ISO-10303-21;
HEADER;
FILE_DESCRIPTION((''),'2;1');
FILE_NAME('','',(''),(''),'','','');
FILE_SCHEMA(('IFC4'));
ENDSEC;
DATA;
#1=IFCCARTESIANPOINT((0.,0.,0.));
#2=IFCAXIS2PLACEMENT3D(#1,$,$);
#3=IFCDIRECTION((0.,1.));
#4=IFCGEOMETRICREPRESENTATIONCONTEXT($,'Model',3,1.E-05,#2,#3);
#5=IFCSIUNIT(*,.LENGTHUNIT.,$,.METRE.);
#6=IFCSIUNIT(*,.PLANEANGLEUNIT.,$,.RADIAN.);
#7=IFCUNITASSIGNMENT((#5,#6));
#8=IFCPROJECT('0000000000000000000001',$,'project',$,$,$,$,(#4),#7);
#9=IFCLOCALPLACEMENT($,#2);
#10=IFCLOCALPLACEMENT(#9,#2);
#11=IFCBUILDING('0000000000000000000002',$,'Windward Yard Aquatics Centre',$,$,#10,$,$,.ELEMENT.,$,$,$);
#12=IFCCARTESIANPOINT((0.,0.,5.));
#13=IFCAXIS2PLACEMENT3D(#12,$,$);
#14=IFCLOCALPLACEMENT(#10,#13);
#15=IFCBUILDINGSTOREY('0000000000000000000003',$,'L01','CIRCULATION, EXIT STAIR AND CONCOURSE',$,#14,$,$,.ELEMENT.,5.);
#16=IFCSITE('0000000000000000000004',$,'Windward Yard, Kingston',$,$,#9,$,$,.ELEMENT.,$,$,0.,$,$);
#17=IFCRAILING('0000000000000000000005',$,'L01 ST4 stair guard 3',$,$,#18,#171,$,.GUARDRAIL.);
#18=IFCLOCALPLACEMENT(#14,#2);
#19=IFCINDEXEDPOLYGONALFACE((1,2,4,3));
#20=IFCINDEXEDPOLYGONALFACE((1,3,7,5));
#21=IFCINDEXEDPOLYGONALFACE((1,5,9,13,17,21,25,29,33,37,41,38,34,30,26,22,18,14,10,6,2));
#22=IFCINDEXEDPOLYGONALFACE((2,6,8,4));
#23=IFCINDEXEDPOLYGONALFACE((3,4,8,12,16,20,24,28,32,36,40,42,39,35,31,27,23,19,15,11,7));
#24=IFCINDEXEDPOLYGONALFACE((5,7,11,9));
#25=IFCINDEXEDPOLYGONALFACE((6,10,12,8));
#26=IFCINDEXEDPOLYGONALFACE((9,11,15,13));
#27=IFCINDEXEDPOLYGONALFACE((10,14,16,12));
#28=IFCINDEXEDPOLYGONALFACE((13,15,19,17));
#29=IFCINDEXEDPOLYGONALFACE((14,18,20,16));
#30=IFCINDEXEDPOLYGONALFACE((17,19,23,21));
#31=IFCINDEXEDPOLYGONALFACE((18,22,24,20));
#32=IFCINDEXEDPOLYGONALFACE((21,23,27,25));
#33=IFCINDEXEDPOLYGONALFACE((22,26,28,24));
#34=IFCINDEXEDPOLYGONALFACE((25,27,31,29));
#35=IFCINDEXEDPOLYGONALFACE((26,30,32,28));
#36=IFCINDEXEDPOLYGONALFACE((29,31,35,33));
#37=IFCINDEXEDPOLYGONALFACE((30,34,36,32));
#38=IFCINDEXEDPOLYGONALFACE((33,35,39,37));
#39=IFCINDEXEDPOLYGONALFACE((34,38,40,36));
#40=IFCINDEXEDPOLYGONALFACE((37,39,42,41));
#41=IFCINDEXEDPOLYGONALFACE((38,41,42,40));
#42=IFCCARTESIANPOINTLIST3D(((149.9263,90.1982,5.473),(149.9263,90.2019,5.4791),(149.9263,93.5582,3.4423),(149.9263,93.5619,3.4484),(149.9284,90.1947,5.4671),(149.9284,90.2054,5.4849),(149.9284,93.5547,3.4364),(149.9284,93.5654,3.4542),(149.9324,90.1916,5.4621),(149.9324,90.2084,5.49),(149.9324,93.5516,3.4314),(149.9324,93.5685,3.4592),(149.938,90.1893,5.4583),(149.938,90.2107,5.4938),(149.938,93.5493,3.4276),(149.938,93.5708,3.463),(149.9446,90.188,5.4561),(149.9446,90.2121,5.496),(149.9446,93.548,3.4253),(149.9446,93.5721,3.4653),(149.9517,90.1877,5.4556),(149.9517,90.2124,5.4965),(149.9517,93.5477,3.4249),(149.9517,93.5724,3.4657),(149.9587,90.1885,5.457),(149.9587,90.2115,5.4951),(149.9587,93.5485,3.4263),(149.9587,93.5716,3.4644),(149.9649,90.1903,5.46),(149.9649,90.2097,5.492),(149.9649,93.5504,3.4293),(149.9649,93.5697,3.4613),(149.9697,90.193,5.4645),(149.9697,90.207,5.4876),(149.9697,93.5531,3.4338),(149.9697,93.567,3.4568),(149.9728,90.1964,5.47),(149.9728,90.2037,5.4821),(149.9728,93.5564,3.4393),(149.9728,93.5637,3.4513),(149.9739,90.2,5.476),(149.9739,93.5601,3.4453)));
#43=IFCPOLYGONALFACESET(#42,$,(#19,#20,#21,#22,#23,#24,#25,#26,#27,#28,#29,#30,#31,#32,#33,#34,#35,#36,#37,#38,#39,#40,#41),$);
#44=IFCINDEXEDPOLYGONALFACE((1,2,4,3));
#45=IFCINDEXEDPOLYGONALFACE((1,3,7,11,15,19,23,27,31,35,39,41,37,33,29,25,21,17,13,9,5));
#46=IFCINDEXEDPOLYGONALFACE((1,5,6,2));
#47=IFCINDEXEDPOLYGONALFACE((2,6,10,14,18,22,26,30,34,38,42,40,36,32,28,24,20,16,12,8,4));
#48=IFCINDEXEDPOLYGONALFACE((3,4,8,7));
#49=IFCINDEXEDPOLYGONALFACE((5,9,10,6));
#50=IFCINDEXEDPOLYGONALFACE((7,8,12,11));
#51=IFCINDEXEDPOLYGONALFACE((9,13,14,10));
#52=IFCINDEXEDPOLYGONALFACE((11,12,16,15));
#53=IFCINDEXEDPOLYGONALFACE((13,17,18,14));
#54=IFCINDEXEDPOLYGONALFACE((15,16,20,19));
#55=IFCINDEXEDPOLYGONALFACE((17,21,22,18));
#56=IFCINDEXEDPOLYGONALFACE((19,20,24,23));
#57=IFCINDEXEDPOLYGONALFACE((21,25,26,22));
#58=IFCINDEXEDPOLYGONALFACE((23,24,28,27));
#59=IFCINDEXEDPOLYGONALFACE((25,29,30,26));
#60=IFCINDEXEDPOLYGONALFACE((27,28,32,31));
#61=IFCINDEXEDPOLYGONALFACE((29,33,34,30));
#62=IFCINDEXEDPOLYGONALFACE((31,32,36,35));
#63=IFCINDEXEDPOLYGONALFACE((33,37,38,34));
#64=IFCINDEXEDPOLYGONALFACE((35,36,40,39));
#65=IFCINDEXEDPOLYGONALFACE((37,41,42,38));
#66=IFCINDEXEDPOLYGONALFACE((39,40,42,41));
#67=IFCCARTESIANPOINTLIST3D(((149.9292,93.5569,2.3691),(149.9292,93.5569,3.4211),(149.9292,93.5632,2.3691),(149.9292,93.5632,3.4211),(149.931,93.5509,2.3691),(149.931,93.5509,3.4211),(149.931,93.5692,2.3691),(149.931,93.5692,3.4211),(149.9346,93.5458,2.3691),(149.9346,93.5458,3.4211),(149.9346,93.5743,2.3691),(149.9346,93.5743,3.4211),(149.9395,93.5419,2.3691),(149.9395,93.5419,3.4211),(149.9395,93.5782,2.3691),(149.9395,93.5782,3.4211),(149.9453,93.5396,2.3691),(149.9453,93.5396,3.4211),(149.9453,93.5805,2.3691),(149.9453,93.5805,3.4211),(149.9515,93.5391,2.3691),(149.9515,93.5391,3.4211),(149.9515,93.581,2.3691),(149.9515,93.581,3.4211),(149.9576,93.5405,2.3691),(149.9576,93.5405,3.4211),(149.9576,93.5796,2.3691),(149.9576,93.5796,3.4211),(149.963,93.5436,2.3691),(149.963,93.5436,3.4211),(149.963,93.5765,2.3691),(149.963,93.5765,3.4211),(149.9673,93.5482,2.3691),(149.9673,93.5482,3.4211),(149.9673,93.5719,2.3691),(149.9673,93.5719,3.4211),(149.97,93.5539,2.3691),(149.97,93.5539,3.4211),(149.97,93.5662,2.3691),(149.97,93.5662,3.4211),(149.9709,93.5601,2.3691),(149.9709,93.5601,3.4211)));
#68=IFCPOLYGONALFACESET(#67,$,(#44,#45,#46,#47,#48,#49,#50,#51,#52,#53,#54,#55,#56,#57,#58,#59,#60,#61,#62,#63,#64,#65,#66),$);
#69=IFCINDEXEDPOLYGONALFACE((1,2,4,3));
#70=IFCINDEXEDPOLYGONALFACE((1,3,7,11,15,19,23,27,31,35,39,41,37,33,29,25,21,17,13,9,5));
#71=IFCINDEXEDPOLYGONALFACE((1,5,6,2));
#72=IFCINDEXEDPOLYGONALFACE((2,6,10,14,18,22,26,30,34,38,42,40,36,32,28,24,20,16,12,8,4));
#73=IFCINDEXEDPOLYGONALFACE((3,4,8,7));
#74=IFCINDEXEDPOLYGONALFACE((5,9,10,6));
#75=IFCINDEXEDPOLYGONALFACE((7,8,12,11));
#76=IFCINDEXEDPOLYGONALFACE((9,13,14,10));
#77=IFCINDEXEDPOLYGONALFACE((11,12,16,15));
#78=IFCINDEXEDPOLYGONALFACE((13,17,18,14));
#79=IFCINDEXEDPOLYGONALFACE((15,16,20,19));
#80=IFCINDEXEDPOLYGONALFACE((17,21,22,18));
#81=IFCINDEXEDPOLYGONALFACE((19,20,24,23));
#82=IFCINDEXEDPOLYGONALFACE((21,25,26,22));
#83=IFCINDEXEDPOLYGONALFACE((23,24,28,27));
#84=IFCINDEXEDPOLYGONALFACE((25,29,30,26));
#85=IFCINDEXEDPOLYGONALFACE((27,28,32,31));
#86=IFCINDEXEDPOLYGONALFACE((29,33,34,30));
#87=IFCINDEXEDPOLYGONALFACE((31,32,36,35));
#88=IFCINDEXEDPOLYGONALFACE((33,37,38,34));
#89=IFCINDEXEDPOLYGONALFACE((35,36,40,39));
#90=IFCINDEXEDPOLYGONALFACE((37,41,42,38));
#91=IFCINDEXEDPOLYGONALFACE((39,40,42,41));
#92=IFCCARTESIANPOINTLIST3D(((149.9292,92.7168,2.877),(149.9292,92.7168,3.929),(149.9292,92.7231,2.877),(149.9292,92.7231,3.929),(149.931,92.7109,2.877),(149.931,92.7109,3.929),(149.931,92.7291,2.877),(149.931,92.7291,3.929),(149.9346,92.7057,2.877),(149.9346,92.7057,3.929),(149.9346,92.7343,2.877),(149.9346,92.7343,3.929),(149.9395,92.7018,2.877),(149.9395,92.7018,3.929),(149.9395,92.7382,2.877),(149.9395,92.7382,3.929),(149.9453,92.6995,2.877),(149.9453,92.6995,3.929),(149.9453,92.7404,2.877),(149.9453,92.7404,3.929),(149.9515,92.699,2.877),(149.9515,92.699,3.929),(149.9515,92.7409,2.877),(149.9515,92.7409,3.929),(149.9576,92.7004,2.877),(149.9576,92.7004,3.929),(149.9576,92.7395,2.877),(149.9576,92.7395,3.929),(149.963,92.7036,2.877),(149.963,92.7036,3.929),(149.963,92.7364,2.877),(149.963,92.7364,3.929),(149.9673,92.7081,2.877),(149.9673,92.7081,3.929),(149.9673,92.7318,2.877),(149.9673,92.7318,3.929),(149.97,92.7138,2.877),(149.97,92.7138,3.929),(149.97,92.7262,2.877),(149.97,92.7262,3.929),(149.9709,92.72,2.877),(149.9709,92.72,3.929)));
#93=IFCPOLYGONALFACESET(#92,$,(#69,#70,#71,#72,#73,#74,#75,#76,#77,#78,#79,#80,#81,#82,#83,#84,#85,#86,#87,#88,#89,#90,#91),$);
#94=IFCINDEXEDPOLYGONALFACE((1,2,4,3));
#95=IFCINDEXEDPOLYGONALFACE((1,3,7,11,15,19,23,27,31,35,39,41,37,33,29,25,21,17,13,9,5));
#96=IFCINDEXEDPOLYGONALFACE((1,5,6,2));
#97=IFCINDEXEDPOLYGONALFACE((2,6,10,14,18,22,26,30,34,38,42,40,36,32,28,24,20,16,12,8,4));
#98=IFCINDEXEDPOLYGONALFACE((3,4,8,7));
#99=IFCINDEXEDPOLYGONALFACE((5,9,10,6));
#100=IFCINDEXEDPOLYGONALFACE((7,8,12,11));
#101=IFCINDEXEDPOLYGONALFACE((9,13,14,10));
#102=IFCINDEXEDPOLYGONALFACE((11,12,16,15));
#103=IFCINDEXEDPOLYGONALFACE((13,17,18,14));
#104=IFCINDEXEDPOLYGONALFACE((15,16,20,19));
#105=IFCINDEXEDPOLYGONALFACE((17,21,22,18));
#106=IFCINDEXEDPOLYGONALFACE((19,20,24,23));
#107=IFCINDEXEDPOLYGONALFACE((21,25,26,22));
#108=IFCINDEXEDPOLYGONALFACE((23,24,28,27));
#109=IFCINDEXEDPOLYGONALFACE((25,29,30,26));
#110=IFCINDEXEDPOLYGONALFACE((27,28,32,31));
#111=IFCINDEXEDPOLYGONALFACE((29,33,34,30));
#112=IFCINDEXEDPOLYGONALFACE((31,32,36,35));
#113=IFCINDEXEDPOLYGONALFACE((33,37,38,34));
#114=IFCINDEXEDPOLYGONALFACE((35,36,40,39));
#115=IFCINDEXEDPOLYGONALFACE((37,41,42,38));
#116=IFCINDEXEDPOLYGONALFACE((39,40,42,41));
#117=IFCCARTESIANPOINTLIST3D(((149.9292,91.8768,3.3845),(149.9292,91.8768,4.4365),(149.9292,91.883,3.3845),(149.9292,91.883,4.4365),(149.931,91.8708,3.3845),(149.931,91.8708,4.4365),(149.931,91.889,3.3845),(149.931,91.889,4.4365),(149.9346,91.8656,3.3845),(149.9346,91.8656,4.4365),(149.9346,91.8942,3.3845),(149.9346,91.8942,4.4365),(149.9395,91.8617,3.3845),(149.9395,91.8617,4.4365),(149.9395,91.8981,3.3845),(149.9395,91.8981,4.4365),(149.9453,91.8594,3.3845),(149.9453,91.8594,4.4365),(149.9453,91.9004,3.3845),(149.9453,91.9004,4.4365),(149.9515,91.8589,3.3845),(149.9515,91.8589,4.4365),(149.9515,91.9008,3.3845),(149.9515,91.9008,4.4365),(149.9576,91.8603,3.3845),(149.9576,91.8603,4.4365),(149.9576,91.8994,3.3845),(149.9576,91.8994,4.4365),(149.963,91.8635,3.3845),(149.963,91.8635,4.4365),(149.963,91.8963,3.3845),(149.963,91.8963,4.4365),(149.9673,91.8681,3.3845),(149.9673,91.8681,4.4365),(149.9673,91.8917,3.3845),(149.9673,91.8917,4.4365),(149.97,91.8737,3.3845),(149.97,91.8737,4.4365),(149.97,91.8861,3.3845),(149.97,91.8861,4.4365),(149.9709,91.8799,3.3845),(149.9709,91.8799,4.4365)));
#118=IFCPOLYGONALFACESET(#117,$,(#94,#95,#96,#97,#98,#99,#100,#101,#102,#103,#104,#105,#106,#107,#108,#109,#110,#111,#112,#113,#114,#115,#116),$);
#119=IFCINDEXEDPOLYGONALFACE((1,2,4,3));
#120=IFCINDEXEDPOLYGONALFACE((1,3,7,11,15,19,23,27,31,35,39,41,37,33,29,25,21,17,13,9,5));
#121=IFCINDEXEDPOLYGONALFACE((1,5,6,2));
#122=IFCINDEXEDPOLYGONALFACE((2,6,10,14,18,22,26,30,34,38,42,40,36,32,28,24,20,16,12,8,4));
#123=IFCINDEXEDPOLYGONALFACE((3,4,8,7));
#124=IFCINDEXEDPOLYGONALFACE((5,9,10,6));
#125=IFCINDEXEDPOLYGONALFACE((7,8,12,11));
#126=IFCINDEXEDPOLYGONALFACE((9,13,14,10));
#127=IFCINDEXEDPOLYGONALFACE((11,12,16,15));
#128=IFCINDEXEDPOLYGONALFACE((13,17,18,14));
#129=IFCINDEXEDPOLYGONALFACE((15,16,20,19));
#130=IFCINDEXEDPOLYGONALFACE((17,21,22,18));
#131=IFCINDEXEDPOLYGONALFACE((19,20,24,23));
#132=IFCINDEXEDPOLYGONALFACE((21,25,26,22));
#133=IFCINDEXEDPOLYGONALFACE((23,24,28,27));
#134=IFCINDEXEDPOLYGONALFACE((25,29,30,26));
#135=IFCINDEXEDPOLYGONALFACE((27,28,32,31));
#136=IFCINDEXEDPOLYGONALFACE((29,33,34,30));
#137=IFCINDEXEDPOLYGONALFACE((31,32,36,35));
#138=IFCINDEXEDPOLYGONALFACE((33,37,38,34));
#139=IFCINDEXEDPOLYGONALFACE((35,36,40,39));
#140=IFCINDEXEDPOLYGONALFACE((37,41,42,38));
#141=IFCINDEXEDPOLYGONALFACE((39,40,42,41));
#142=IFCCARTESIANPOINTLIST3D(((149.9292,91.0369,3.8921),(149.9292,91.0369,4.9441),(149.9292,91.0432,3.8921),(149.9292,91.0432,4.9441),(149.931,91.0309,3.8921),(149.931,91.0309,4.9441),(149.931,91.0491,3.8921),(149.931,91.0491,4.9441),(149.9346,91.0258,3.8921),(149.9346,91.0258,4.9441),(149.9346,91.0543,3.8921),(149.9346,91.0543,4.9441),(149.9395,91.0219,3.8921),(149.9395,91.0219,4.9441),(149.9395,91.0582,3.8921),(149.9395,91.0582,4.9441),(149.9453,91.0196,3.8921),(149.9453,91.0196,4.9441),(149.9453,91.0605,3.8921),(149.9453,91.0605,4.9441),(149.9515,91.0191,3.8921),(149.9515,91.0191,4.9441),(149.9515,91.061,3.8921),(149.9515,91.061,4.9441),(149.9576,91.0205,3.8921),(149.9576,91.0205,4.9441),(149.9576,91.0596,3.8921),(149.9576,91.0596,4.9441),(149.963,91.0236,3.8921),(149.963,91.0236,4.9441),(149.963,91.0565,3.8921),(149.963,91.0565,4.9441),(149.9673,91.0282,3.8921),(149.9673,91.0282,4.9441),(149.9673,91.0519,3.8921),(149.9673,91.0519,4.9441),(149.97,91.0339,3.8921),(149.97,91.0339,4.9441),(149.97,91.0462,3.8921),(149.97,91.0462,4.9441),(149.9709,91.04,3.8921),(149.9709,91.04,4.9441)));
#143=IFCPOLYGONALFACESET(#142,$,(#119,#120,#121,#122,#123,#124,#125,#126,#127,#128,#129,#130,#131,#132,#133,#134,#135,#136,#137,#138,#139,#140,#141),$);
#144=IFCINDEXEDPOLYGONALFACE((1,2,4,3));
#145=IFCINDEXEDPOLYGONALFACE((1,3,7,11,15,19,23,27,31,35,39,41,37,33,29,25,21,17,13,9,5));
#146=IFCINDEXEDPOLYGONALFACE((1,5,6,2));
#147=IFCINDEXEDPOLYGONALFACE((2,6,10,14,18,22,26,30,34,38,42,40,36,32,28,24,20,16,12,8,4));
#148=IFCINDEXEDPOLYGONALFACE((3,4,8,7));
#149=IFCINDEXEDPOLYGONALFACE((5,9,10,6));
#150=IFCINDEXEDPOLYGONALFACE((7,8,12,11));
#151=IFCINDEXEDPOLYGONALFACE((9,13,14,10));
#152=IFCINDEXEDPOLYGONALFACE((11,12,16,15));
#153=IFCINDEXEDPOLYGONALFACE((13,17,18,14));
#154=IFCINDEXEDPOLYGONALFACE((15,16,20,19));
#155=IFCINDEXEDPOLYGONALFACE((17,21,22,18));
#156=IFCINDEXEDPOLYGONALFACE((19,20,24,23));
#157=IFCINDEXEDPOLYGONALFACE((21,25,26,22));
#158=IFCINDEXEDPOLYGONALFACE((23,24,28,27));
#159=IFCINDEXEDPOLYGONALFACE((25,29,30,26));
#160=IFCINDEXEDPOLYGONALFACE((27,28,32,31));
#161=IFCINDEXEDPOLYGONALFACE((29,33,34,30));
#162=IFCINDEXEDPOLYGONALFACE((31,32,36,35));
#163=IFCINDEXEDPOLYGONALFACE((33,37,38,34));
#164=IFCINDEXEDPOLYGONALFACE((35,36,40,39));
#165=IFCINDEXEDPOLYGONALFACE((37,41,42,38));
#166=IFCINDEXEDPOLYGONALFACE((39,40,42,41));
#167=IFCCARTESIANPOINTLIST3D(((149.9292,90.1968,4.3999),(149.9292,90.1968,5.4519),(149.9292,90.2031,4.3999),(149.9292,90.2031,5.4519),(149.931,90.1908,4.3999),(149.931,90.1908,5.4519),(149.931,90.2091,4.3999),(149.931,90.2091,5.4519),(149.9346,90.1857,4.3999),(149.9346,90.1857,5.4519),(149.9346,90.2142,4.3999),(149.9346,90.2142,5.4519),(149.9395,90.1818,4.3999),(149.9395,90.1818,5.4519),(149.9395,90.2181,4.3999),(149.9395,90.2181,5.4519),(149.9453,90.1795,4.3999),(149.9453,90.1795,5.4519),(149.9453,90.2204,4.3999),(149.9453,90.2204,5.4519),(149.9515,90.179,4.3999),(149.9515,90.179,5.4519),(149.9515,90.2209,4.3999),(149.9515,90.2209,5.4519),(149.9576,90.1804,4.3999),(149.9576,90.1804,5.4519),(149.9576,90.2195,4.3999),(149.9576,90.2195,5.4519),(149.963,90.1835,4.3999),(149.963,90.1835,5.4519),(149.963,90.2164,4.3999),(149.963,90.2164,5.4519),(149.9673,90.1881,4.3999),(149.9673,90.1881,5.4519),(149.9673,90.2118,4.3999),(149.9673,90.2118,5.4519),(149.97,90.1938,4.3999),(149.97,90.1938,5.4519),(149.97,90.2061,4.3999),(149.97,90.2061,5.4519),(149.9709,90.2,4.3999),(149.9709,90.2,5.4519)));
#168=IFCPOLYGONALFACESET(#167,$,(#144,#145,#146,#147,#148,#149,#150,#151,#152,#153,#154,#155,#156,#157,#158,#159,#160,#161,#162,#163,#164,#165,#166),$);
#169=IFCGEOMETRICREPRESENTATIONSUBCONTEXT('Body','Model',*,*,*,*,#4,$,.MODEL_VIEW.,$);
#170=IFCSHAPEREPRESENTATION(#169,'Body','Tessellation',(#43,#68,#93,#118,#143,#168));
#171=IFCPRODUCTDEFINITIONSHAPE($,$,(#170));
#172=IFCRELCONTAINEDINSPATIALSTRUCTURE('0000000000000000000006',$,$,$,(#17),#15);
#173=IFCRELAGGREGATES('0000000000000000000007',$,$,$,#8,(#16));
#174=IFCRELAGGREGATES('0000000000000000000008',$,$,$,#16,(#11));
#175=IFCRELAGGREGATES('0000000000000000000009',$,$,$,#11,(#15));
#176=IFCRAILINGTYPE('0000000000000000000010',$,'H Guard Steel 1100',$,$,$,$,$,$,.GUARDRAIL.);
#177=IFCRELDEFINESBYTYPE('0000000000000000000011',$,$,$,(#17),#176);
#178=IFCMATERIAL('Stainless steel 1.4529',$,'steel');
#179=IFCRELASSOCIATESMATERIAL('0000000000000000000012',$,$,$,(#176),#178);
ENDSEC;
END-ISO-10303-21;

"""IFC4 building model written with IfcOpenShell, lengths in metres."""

from ifc_helpers import new_model, si_unit, direction, frame, origin, origin_2d, place, context, subcontext, project, spatial, circle, extrude, material, type_object, element, save


model = new_model("IFC4")

# Units and contexts
model_context = context("Model", 3, precision=1e-05, world=origin(), true_north=direction((0.0, 1.0)))
body_context = subcontext(model_context, "Body", "Model", "MODEL_VIEW")
ifc_project = project(units=[si_unit("LENGTHUNIT", "METRE"), si_unit("PLANEANGLEUNIT", "RADIAN")], contexts=[model_context])

# Site, building, storey
site_placement = place(None, origin())
site = spatial("IfcSite", under=ifc_project, at=site_placement, Name="Windward Yard, Kingston", CompositionType="ELEMENT", RefElevation=0.0)
building_placement = place(site_placement, origin())
building = spatial("IfcBuilding", under=site, at=building_placement, Name="Windward Yard Aquatics Centre", CompositionType="ELEMENT")
storey_placement = place(building_placement, frame((0.0, 0.0, 5.0)))
storey = spatial("IfcBuildingStorey", under=building, at=storey_placement, Name="L01", Description="CIRCULATION, EXIT STAIR AND CONCOURSE", CompositionType="ELEMENT", Elevation=5.0)

# Railing
ifc_material_1 = material(Name="Stainless steel 1.4529", Category="steel")
railing_type_1 = type_object("IfcRailingType", Name="H Guard Steel 1100", PredefinedType="GUARDRAIL", material=ifc_material_1)
railing_1_placement = place(storey_placement, frame((149.95, 93.5601, 2.3691)))
element("IfcRailing", 1, at=railing_1_placement, inside=storey, type_object=railing_type_1, Name="L01 ST4 stair guard 3", PredefinedType="GUARDRAIL", context=body_context, shape_type="SweptSolid", body=[
    extrude(circle(Radius=0.0239, at=origin_2d()), frame((0.0, 0.0, 1.0762), z_axis=(0.0, -0.855837, 0.517246), x_axis=(1.0, 0.0, 0.0)), (0.0, 0.0, 1.0), 3.926),
    extrude(circle(Radius=0.021, at=origin_2d()), origin(), (0.0, 0.0, 1.0), 1.052),
    extrude(circle(Radius=0.021, at=origin_2d()), frame((0.0, -0.8401, 0.5078)), (0.0, 0.0, 1.0), 1.052),
    extrude(circle(Radius=0.021, at=origin_2d()), frame((0.0, -1.6802, 1.0154)), (0.0, 0.0, 1.0), 1.052),
    extrude(circle(Radius=0.021, at=origin_2d()), frame((0.0, -2.52, 1.5229)), (0.0, 0.0, 1.0), 1.052),
    extrude(circle(Radius=0.021, at=origin_2d()), frame((0.0, -3.3601, 2.0308)), (0.0, 0.0, 1.0), 1.052),
])

save(model, "model.ifc")
